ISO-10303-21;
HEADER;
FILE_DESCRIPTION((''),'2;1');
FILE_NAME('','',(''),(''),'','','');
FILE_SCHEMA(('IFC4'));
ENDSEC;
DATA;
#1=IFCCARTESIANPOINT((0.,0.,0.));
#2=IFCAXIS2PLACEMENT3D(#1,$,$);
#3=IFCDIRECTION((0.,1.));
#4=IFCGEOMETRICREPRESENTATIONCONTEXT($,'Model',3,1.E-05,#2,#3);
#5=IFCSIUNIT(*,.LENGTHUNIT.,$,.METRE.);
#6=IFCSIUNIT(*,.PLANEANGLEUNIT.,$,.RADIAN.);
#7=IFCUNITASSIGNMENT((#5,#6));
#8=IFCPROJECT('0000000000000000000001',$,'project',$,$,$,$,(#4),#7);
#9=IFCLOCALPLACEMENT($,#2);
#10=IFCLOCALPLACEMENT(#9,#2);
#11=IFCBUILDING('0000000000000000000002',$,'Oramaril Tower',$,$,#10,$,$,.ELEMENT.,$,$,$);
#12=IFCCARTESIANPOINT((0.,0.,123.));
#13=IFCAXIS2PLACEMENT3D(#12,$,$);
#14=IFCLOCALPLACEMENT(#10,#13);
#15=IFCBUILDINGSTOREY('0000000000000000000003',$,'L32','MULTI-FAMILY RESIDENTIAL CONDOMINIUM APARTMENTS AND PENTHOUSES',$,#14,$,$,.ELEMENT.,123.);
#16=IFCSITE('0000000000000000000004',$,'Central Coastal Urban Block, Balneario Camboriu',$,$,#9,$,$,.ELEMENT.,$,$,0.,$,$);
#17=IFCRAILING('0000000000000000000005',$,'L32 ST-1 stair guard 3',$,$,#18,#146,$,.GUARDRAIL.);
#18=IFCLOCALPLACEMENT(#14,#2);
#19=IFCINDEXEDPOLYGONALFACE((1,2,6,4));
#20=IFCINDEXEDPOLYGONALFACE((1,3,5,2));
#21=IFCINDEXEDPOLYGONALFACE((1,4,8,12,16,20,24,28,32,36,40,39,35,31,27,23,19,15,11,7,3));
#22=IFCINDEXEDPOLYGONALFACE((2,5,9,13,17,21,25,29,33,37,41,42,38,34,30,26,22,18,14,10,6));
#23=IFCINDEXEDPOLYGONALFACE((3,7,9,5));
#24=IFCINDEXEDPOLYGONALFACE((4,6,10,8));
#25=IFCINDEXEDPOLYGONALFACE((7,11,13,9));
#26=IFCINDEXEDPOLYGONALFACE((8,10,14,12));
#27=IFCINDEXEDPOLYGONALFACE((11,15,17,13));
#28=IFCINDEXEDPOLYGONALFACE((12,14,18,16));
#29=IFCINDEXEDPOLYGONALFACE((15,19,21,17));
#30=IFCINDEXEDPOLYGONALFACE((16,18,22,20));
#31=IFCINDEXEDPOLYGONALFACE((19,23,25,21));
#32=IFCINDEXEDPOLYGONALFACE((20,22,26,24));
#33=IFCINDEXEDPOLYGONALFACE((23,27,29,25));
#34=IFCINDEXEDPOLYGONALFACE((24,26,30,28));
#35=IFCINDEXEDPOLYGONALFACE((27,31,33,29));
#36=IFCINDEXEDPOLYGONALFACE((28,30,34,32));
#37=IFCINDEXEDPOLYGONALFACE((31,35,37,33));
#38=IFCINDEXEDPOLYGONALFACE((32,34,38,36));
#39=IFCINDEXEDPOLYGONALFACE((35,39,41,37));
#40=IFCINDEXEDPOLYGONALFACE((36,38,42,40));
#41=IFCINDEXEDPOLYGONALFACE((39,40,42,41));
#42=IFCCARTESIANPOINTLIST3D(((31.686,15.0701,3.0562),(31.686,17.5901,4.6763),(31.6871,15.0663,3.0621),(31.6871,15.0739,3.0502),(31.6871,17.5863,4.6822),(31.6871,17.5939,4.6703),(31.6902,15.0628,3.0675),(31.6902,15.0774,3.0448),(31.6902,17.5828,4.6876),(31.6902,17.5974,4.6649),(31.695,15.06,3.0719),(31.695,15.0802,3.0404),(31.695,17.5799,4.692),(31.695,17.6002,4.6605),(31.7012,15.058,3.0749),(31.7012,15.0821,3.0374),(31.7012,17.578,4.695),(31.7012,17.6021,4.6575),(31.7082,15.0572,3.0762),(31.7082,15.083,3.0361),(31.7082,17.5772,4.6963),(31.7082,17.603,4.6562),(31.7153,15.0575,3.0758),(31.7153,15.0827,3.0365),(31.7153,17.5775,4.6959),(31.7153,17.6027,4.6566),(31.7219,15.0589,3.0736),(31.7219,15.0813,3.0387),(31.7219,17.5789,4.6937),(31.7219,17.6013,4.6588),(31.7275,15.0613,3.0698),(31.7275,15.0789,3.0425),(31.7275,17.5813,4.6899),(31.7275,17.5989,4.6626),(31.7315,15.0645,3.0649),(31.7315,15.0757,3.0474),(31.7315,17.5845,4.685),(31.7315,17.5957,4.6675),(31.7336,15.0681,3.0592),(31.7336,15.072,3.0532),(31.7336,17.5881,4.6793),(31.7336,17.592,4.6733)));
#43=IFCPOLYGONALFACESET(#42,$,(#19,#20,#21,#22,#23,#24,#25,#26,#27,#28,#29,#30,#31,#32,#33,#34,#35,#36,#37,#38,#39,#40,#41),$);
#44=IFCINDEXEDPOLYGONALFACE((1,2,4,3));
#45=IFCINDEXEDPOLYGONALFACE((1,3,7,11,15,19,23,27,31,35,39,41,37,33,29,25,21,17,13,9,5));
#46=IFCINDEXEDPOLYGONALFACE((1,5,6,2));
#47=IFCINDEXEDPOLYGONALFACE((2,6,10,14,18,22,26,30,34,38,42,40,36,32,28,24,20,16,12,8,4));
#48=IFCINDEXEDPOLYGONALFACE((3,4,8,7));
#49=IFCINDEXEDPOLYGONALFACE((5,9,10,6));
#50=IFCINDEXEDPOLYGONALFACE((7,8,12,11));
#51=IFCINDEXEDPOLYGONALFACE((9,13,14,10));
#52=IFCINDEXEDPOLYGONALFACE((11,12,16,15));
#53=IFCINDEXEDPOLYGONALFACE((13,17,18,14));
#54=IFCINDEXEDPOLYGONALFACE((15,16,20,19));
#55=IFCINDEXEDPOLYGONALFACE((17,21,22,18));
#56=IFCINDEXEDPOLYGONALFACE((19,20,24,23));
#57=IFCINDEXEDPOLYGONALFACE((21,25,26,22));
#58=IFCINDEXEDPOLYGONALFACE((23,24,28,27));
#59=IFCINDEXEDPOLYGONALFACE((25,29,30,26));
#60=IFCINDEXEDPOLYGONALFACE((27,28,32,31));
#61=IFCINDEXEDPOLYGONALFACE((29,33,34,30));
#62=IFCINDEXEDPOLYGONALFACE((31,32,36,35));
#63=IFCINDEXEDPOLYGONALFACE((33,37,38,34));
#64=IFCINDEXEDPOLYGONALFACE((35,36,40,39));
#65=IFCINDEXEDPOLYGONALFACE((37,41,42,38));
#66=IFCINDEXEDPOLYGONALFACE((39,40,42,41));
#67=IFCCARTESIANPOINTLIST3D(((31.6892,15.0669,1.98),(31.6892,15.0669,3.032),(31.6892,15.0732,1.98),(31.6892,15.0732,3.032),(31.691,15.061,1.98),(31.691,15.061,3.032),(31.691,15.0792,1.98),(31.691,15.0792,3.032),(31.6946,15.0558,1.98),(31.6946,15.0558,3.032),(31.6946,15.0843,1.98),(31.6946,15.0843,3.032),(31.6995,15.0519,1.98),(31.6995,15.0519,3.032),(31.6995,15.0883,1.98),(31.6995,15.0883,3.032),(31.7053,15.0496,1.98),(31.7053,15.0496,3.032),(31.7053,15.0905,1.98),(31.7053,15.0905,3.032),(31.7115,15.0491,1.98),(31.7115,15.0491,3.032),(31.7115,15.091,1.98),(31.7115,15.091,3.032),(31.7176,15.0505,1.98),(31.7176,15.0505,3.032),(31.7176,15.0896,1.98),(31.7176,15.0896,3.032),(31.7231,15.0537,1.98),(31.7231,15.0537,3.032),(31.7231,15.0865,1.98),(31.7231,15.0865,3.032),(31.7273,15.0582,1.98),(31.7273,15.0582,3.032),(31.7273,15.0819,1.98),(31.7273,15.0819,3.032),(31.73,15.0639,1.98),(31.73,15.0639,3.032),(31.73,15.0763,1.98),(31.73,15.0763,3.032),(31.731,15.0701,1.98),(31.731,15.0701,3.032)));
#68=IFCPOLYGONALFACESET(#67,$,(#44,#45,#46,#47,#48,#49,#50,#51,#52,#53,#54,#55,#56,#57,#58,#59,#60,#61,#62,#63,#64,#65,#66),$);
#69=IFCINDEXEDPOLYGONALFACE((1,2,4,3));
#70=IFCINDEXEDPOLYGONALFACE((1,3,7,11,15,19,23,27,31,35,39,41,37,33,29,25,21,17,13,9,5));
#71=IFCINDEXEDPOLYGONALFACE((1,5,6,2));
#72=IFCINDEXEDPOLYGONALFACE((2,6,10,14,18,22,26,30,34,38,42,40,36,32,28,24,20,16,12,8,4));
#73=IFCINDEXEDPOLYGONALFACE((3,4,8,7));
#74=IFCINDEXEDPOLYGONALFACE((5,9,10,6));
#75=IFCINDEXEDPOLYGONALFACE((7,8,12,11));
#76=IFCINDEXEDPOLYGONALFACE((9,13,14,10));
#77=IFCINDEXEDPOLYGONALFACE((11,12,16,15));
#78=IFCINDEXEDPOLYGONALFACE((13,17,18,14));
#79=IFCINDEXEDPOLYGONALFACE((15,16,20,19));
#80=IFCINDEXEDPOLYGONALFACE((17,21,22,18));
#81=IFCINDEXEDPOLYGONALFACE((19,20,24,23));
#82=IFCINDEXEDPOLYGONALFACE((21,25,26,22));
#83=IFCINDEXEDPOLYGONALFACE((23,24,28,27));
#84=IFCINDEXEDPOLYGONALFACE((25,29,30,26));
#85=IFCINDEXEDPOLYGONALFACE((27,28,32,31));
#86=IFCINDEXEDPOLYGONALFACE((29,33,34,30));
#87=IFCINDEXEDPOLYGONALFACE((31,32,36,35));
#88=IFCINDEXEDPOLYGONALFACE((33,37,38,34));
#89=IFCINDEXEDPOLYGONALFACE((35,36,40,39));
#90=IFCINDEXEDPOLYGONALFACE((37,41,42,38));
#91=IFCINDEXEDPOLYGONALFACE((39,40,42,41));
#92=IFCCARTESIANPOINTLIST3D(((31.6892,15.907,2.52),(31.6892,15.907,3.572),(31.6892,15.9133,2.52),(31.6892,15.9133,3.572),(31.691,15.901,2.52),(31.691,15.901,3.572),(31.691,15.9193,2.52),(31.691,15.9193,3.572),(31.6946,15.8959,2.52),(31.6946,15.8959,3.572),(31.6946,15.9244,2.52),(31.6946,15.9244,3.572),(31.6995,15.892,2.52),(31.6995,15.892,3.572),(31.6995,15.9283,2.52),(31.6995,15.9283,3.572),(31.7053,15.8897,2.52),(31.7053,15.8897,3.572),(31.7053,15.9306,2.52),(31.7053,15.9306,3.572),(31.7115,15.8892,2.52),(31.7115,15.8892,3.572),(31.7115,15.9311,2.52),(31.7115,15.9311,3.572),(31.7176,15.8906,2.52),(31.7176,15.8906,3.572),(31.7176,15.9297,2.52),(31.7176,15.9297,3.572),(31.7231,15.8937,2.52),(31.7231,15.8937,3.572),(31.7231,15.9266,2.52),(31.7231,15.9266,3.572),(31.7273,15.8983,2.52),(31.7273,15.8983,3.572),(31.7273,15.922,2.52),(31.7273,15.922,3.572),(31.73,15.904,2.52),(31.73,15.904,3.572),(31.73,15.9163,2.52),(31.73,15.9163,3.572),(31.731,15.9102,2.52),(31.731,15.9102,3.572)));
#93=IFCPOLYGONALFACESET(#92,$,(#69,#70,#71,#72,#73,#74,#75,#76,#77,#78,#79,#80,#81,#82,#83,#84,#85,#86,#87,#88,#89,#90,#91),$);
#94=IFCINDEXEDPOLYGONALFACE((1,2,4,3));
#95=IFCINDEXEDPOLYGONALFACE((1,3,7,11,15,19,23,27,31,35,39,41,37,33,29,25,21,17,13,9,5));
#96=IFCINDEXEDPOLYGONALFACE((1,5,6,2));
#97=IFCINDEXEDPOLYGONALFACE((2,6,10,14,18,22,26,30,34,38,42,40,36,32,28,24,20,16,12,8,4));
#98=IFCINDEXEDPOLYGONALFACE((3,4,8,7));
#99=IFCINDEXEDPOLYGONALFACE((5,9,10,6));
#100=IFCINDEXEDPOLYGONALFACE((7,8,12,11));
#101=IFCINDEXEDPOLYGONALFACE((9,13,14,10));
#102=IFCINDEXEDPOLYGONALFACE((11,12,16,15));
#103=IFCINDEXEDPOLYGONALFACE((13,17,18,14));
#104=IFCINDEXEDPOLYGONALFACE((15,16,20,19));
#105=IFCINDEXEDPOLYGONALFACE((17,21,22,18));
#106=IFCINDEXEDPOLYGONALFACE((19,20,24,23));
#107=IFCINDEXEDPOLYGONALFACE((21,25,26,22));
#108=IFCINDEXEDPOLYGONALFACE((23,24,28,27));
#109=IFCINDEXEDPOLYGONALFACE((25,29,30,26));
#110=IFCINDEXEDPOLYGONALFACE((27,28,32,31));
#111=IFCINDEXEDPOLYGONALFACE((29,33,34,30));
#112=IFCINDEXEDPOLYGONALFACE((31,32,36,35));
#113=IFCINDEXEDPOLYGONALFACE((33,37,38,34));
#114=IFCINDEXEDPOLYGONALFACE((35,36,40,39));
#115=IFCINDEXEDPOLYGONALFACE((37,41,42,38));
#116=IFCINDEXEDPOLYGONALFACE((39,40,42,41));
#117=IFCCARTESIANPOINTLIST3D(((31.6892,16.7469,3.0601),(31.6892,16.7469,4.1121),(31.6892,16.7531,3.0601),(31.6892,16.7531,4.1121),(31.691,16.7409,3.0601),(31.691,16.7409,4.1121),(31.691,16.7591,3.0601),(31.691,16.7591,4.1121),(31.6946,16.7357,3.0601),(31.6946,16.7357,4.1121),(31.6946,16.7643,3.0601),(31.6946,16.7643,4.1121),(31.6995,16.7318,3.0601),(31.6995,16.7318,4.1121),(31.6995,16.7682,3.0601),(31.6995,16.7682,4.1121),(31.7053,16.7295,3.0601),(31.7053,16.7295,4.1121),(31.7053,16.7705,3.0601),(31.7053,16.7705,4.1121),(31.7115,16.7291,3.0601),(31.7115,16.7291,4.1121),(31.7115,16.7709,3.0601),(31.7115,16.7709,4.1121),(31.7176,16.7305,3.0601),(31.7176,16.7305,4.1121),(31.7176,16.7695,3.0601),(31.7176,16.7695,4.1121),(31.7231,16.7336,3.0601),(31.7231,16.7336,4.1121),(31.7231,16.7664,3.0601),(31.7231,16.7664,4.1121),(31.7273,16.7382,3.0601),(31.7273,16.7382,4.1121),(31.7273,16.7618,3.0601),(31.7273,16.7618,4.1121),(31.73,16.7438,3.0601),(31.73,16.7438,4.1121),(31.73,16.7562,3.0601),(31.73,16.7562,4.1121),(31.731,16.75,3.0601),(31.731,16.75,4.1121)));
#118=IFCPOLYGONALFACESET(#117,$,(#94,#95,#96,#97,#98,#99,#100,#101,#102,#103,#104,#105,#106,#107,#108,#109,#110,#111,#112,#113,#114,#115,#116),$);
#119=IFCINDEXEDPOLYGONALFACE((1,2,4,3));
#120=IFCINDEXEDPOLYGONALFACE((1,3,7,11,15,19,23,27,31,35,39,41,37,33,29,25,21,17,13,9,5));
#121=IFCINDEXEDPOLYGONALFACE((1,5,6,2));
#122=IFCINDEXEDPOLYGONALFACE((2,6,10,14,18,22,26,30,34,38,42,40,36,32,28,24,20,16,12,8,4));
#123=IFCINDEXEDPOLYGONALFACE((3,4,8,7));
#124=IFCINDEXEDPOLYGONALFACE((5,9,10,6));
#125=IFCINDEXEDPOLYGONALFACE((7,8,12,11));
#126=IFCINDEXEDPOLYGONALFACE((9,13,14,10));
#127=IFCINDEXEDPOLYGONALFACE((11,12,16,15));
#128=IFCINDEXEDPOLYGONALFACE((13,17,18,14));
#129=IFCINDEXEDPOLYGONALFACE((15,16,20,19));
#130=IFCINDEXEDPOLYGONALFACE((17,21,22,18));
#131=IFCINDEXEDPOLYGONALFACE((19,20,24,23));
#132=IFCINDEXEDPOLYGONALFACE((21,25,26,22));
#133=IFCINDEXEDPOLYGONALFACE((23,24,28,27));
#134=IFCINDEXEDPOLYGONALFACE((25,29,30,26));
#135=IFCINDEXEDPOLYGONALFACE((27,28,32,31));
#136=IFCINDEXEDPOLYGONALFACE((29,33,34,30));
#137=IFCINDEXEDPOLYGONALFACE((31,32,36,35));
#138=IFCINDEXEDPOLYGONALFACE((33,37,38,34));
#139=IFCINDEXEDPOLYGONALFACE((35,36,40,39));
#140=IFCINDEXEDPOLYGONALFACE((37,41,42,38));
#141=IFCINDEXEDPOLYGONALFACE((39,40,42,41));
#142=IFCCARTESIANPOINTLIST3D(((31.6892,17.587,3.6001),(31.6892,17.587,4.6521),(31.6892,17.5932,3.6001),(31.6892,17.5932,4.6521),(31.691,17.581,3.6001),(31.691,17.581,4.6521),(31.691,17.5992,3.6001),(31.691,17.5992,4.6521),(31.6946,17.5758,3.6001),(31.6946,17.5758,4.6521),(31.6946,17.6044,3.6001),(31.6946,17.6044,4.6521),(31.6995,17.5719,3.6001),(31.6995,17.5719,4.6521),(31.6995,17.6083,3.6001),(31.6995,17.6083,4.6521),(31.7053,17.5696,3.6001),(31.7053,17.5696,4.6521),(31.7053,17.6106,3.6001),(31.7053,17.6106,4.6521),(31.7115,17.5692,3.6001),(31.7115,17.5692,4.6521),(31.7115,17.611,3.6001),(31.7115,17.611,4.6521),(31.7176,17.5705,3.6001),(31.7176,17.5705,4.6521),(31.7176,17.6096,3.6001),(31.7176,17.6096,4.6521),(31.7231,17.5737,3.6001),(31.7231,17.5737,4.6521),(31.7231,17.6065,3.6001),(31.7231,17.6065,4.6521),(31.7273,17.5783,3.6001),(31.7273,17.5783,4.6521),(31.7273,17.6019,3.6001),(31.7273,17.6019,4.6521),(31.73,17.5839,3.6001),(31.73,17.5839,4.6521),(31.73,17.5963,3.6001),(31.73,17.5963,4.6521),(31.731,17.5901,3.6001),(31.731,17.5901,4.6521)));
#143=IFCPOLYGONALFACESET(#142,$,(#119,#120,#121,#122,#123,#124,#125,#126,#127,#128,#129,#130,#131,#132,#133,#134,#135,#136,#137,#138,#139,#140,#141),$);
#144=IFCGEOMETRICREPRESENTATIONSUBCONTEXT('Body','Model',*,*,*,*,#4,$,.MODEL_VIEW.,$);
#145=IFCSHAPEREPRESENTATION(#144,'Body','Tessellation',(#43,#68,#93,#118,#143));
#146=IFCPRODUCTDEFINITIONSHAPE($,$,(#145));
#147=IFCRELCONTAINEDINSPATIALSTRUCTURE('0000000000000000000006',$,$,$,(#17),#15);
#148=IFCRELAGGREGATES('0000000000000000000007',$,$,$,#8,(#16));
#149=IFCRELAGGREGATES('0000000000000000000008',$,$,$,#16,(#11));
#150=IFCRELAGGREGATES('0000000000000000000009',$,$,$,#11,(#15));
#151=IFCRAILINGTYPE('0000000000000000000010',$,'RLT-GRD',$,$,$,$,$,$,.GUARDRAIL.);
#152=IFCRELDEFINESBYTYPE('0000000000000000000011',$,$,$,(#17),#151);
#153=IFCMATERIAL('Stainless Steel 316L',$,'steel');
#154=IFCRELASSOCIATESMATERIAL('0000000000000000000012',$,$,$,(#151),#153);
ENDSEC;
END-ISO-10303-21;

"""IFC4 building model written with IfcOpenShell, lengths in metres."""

from ifc_helpers import new_model, si_unit, direction, frame, origin, origin_2d, place, context, subcontext, project, spatial, circle, extrude, material, type_object, element, save


model = new_model("IFC4")

# Units and contexts
model_context = context("Model", 3, precision=1e-05, world=origin(), true_north=direction((0.0, 1.0)))
body_context = subcontext(model_context, "Body", "Model", "MODEL_VIEW")
ifc_project = project(units=[si_unit("LENGTHUNIT", "METRE"), si_unit("PLANEANGLEUNIT", "RADIAN")], contexts=[model_context])

# Site, building, storey
site_placement = place(None, origin())
site = spatial("IfcSite", under=ifc_project, at=site_placement, Name="Central Coastal Urban Block, Balneario Camboriu", CompositionType="ELEMENT", RefElevation=0.0)
building_placement = place(site_placement, origin())
building = spatial("IfcBuilding", under=site, at=building_placement, Name="Oramaril Tower", CompositionType="ELEMENT")
storey_placement = place(building_placement, frame((0.0, 0.0, 123.0)))
storey = spatial("IfcBuildingStorey", under=building, at=storey_placement, Name="L32", Description="MULTI-FAMILY RESIDENTIAL CONDOMINIUM APARTMENTS AND PENTHOUSES", CompositionType="ELEMENT", Elevation=123.0)

# Railing
ifc_material_1 = material(Name="Stainless Steel 316L", Category="steel")
railing_type_1 = type_object("IfcRailingType", Name="RLT-GRD", PredefinedType="GUARDRAIL", material=ifc_material_1)
railing_1_placement = place(storey_placement, frame((31.71, 15.0701, 1.98)))
element("IfcRailing", 1, at=railing_1_placement, inside=storey, type_object=railing_type_1, Name="L32 ST-1 stair guard 3", PredefinedType="GUARDRAIL", context=body_context, shape_type="SweptSolid", body=[
    extrude(circle(Radius=0.0239, at=origin_2d()), frame((0.0, 0.0, 1.0762), z_axis=(0.0, 0.841163, 0.540782), x_axis=(-1.0, 0.0, 0.0)), (0.0, 0.0, 1.0), 2.9958),
    extrude(circle(Radius=0.021, at=origin_2d()), origin(), (0.0, 0.0, 1.0), 1.052),
    extrude(circle(Radius=0.021, at=origin_2d()), frame((0.0, 0.8401, 0.54)), (0.0, 0.0, 1.0), 1.052),
    extrude(circle(Radius=0.021, at=origin_2d()), frame((0.0, 1.6799, 1.0801)), (0.0, 0.0, 1.0), 1.052),
    extrude(circle(Radius=0.021, at=origin_2d()), frame((0.0, 2.52, 1.6201)), (0.0, 0.0, 1.0), 1.052),
])

save(model, "model.ifc")
